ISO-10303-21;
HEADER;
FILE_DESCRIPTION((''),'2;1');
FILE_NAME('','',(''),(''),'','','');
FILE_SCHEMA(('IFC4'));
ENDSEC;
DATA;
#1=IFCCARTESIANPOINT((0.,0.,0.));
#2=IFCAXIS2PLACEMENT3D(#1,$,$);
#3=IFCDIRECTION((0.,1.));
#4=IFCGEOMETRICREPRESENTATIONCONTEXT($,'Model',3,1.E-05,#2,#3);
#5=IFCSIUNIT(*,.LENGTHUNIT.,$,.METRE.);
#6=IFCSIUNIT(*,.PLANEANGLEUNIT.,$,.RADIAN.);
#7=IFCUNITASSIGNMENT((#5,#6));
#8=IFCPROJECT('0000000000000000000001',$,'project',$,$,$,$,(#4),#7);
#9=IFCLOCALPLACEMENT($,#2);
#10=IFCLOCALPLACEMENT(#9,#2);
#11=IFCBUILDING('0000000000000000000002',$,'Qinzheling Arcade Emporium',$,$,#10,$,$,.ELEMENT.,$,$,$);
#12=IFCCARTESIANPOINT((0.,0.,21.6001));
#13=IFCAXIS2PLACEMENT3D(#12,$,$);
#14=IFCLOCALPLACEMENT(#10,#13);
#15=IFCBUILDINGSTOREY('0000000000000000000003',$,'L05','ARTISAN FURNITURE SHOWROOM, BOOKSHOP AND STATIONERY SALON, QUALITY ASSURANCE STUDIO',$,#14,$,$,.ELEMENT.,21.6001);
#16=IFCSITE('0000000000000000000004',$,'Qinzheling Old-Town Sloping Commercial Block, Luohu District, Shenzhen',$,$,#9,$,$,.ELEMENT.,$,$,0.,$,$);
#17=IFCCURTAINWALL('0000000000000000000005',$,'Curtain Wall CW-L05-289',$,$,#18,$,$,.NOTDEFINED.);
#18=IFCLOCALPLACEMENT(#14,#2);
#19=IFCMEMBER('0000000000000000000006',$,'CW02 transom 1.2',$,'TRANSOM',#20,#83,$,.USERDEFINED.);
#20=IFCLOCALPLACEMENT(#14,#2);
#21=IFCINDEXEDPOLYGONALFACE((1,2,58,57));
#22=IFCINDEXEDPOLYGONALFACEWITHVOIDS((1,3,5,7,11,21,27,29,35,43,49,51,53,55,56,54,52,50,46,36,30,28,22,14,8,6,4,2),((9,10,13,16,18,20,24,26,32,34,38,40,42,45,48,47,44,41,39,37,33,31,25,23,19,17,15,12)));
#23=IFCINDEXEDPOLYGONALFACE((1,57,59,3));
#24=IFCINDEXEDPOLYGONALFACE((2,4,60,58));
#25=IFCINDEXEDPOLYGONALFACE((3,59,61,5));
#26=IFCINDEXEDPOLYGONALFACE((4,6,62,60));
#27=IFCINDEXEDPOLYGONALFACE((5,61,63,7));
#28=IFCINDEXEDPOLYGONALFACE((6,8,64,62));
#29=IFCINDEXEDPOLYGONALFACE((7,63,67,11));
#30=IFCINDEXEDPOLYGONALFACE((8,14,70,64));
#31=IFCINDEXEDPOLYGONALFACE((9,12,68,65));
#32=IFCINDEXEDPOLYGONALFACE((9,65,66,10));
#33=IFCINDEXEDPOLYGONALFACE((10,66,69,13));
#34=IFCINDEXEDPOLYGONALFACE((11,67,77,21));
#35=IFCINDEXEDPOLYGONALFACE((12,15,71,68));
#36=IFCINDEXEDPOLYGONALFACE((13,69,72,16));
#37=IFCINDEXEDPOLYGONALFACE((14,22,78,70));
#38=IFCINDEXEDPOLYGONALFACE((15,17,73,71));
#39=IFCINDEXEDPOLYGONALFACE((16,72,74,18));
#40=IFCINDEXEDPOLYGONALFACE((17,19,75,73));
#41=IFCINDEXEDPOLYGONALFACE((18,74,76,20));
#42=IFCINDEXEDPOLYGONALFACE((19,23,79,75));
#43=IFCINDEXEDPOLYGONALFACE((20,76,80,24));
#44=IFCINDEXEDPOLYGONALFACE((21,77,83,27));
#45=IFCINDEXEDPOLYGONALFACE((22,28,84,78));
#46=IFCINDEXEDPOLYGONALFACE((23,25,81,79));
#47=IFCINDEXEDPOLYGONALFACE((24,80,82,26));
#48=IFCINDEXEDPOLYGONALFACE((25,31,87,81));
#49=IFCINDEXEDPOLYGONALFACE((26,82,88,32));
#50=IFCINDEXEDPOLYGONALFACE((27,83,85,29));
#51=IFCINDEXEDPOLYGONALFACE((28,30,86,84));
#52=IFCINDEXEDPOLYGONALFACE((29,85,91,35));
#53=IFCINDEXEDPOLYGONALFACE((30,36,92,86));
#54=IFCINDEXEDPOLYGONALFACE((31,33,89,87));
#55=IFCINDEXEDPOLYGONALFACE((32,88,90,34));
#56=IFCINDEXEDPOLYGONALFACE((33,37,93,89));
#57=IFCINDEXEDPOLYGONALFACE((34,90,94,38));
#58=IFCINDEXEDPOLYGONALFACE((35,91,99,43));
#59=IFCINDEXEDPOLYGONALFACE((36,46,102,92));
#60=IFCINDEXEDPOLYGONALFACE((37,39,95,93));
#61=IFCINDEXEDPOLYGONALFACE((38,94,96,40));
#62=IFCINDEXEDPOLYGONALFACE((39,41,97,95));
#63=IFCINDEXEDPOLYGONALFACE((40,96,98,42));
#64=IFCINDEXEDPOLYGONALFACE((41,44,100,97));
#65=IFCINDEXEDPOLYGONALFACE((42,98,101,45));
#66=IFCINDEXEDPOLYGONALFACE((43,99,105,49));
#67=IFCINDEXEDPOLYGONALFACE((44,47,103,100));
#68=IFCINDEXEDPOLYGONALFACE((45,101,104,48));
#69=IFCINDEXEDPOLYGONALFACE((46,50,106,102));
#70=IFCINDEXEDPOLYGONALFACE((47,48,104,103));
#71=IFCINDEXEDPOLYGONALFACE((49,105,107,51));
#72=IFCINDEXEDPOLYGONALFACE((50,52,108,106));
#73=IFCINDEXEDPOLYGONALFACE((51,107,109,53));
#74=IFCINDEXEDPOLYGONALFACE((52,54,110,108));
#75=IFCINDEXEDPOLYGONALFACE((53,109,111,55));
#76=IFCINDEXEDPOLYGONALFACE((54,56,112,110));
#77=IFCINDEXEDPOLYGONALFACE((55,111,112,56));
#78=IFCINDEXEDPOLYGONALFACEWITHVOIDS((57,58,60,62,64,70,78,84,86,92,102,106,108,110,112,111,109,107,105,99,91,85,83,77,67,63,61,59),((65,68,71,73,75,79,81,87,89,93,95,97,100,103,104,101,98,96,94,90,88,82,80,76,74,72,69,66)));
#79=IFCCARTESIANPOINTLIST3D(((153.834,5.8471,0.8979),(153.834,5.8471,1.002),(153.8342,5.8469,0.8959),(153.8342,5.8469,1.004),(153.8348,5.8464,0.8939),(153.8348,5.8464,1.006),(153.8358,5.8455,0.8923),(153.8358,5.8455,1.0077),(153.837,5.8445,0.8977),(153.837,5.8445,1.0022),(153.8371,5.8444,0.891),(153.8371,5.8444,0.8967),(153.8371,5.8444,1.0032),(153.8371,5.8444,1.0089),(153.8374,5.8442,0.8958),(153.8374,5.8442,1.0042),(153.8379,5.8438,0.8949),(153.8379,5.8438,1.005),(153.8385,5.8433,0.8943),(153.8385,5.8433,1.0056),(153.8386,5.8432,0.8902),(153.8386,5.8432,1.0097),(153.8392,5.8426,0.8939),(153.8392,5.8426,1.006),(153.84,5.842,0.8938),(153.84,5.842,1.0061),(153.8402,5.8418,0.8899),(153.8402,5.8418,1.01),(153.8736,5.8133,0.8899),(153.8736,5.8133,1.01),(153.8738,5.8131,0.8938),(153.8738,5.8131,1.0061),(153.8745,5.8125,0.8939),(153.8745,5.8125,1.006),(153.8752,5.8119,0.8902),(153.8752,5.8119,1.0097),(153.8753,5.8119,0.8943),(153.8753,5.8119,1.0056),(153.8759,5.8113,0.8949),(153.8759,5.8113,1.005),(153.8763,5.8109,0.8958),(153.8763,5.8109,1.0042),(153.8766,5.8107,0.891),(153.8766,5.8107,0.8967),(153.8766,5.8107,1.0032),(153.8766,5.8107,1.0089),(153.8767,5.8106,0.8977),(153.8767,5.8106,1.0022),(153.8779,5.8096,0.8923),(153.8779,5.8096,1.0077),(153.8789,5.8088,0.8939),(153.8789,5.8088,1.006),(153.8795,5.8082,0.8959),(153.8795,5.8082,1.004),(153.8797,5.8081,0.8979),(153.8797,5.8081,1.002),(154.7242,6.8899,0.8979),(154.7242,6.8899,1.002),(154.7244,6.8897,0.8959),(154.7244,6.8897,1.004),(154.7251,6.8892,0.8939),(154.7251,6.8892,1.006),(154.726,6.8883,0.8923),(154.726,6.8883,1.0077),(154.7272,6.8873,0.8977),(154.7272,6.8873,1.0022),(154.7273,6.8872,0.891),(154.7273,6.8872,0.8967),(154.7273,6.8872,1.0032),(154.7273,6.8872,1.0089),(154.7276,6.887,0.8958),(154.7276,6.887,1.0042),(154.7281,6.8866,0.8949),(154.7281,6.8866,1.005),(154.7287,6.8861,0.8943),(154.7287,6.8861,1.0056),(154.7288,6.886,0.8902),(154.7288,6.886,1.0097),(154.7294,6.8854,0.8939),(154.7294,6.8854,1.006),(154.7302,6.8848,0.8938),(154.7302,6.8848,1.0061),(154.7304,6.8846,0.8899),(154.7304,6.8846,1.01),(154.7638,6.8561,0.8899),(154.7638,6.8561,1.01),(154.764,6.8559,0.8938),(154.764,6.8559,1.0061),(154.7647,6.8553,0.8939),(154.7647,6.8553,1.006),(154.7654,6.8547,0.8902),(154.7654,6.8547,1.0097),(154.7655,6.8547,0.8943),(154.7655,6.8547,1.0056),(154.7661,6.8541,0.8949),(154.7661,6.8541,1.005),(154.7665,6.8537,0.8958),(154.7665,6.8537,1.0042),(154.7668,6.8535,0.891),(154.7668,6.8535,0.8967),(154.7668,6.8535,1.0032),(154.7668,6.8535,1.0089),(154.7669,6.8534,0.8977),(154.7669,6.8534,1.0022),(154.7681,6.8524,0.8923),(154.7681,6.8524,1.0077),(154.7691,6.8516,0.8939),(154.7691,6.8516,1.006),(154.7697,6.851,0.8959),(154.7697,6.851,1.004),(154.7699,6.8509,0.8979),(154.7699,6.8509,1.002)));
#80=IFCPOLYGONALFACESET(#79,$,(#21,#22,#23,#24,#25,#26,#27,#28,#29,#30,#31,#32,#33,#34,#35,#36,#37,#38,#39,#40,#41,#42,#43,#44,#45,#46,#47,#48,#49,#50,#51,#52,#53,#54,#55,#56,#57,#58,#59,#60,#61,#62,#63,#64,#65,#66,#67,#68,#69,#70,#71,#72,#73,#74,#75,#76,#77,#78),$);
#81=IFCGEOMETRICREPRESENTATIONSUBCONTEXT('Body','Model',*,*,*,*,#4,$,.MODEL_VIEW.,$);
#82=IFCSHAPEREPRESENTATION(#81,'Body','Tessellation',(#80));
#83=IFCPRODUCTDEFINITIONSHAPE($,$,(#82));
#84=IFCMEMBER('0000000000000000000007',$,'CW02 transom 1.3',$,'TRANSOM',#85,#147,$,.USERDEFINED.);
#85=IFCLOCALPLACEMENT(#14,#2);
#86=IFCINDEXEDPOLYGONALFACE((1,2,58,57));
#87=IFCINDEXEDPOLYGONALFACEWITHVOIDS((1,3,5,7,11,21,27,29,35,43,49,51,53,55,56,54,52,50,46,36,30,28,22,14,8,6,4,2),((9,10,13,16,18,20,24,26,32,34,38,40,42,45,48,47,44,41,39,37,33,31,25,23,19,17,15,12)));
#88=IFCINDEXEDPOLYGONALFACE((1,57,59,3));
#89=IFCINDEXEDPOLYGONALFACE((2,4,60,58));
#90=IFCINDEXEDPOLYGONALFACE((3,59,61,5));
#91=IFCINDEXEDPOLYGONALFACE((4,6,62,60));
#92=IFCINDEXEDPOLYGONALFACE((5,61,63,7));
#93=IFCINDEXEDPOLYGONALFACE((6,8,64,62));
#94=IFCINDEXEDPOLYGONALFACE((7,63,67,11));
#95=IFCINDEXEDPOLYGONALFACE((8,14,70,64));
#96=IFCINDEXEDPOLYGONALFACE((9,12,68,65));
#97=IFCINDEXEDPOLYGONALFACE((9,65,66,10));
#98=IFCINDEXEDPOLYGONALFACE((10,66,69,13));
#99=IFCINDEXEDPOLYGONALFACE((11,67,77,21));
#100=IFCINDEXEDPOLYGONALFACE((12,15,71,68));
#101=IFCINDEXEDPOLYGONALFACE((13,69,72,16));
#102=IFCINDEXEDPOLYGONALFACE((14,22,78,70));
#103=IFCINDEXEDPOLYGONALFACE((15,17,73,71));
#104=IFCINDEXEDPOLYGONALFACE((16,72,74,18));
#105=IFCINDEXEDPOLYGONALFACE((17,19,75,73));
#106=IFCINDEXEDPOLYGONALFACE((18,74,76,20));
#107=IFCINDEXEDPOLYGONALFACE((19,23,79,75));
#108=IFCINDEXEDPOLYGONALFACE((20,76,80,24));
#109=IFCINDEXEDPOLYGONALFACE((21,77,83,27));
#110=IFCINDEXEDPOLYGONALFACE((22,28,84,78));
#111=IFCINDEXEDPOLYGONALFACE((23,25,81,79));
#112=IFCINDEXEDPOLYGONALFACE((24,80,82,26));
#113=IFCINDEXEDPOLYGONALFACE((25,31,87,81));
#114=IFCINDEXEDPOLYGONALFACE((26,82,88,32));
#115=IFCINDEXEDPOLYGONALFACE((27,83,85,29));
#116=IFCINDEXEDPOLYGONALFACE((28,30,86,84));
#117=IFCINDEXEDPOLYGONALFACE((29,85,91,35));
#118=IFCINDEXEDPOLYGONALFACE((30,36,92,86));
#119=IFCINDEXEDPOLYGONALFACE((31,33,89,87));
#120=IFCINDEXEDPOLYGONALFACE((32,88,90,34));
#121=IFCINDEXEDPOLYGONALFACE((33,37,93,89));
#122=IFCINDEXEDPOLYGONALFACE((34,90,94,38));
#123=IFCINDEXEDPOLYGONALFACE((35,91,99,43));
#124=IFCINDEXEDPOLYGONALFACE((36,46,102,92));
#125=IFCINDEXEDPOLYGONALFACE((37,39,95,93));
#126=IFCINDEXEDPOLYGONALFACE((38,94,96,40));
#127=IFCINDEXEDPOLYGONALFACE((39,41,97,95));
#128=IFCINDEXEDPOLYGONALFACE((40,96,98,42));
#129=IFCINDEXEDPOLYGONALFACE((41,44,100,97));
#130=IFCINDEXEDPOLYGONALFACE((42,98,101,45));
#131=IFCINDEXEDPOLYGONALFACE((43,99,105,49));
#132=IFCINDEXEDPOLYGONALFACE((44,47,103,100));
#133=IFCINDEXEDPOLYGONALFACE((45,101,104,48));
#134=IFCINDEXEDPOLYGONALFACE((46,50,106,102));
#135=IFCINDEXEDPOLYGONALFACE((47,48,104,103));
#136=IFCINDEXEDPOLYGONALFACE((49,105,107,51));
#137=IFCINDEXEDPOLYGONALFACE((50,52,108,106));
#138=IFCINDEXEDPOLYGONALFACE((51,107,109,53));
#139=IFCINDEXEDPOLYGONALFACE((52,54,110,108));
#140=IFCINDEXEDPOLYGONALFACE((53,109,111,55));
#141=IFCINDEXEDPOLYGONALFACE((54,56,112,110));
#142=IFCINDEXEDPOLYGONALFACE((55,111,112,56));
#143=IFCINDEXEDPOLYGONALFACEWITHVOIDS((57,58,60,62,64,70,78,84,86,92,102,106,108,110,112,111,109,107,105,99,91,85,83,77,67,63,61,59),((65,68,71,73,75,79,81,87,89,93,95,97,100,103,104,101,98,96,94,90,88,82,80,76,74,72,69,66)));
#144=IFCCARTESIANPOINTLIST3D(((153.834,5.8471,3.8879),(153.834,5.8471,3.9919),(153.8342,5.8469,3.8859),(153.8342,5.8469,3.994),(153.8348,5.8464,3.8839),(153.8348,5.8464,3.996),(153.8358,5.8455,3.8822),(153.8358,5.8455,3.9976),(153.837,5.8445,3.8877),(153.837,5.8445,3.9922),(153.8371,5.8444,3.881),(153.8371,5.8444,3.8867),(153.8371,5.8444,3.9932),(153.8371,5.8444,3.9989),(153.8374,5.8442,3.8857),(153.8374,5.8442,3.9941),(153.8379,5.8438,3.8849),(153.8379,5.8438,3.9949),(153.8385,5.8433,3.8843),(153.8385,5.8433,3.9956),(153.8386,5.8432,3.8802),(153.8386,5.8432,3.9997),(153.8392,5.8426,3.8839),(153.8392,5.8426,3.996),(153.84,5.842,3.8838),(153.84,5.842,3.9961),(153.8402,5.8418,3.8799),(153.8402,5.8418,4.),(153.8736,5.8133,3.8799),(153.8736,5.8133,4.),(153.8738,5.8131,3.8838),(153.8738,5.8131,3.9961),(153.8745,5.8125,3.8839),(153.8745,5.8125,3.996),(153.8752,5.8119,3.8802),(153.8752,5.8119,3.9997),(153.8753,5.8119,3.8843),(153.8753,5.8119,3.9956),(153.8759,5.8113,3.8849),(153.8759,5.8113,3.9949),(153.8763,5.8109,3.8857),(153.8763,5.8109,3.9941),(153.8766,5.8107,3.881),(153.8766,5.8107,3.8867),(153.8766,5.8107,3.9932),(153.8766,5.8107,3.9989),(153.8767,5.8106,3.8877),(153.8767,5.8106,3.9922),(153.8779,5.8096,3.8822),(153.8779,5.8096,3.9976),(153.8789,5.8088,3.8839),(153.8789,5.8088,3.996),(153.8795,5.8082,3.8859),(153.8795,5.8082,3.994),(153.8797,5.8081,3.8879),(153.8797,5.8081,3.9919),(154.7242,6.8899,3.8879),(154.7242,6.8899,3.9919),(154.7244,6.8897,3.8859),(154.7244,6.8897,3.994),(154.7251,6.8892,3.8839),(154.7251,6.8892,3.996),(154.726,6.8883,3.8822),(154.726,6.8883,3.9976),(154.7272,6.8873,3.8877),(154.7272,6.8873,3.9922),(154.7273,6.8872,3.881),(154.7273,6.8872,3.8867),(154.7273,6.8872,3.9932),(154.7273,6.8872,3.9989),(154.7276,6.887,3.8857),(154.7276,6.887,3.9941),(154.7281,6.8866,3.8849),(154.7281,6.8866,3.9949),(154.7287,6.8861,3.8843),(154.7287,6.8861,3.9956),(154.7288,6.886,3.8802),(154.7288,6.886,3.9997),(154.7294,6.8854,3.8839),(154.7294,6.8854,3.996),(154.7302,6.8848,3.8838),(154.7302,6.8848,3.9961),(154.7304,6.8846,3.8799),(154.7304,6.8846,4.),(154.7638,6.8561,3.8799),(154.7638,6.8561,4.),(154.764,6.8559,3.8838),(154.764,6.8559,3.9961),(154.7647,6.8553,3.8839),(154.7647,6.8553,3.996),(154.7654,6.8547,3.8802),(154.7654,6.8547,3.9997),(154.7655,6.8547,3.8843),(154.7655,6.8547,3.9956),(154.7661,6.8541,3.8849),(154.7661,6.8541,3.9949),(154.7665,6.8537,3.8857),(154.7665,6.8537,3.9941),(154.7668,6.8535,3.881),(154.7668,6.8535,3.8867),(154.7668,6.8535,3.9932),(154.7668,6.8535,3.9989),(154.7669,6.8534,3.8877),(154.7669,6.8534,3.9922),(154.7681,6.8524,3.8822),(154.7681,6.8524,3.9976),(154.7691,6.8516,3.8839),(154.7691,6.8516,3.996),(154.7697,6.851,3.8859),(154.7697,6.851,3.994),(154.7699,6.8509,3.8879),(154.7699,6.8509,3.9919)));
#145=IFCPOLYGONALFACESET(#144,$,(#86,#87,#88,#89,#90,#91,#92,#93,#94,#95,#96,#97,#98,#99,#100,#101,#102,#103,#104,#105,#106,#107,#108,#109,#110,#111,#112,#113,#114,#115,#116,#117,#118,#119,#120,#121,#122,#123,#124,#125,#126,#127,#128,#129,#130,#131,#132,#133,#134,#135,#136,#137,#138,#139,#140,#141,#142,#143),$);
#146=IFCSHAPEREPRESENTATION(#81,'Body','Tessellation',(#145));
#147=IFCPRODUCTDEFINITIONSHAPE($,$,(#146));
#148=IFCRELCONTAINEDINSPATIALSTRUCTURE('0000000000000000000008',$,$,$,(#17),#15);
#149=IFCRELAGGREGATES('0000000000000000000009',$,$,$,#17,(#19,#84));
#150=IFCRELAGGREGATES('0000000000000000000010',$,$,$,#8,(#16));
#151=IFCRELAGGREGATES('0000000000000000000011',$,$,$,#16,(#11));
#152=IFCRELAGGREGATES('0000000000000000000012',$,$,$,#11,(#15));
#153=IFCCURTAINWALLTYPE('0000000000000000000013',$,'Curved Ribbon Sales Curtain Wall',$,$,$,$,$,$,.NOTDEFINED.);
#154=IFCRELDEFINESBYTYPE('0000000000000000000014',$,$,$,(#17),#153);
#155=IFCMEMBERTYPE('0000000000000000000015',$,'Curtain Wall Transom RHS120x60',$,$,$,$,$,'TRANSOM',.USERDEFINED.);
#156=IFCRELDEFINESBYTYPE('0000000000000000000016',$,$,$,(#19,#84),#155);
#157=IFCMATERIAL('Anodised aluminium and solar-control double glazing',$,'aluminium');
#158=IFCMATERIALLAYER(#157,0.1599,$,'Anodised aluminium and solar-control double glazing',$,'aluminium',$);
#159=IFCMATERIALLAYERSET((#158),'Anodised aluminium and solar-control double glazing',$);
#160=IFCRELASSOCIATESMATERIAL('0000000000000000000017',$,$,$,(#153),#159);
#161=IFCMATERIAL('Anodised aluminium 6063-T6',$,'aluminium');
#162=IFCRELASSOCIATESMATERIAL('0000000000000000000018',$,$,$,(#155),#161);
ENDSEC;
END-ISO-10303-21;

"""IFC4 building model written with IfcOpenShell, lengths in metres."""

from ifc_helpers import new_model, si_unit, direction, frame, origin, origin_2d, place, context, subcontext, project, spatial, hollow_rectangle, extrude, material, layer, layer_set, material_profile, profile_set, type_object, element, aggregate, save


model = new_model("IFC4")

# Units and contexts
model_context = context("Model", 3, precision=1e-05, world=origin(), true_north=direction((0.0, 1.0)))
body_context = subcontext(model_context, "Body", "Model", "MODEL_VIEW")
ifc_project = project(units=[si_unit("LENGTHUNIT", "METRE"), si_unit("PLANEANGLEUNIT", "RADIAN")], contexts=[model_context])

# Site, building, storey
site_placement = place(None, origin())
site = spatial("IfcSite", under=ifc_project, at=site_placement, Name="Qinzheling Old-Town Sloping Commercial Block, Luohu District, Shenzhen", CompositionType="ELEMENT", RefElevation=0.0)
building_placement = place(site_placement, origin())
building = spatial("IfcBuilding", under=site, at=building_placement, Name="Qinzheling Arcade Emporium", CompositionType="ELEMENT")
storey_placement = place(building_placement, frame((0.0, 0.0, 21.6001)))
storey = spatial("IfcBuildingStorey", under=building, at=storey_placement, Name="L05", Description="ARTISAN FURNITURE SHOWROOM, BOOKSHOP AND STATIONERY SALON, QUALITY ASSURANCE STUDIO", CompositionType="ELEMENT", Elevation=21.6001)

# Shared definitions
ifc_material_1 = material(Name="Anodised aluminium and solar-control double glazing", Category="aluminium")
ifc_layer_1 = layer(ifc_material_1, 0.1599, Name="Anodised aluminium and solar-control double glazing", Category="aluminium")
ifc_layer_set_1 = layer_set([ifc_layer_1], Name="Anodised aluminium and solar-control double glazing")
curtain_wall_type = type_object("IfcCurtainWallType", Name="Curved Ribbon Sales Curtain Wall", PredefinedType="NOTDEFINED", material=ifc_layer_set_1)
ifc_material_2 = material(Name="Anodised aluminium 6063-T6", Category="aluminium")

# Curtain wall
curtain_wall_1_placement = place(storey_placement, origin())
curtain_wall_1 = element("IfcCurtainWall", 1, at=curtain_wall_1_placement, inside=storey, type_object=curtain_wall_type, Name="Curtain Wall CW-L05-289", PredefinedType="NOTDEFINED")

# Members
ifc_material_profile_1 = material_profile(ifc_material_2, hollow_rectangle(XDim=0.0601, YDim=0.1201, WallThickness=0.0039, InnerFilletRadius=0.0039, OuterFilletRadius=0.0081, at=origin_2d()), Name="RHS 120x60x4", Category="aluminium")
ifc_profile_set_1 = profile_set([ifc_material_profile_1], Name="Anodised aluminium 6063-T6")
member_type_1 = type_object("IfcMemberType", Name="Curtain Wall Transom RHS120x60", ElementType="TRANSOM", PredefinedType="USERDEFINED", material=ifc_profile_set_1)
member_1_placement = place(storey_placement, frame((154.7471, 6.8704, 0.95), z_axis=(-0.649265, -0.760562, 0.0), x_axis=(0.760562, -0.649265, 0.0)))
member_1 = element("IfcMember", 2, at=member_1_placement, type_object=member_type_1, Name="CW02 transom 1.2", ObjectType="TRANSOM", PredefinedType="USERDEFINED", context=body_context, shape_type="SweptSolid", body=[
    extrude(hollow_rectangle(XDim=0.0601, YDim=0.1201, WallThickness=0.0039, InnerFilletRadius=0.0039, OuterFilletRadius=0.0081, at=origin_2d()), origin(), (0.0, 0.0, 1.0), 1.3711),
])
member_2_placement = place(storey_placement, frame((154.7471, 6.8704, 3.9399), z_axis=(-0.649265, -0.760562, 0.0), x_axis=(0.760562, -0.649265, 0.0)))
member_2 = element("IfcMember", 3, at=member_2_placement, type_object=member_type_1, Name="CW02 transom 1.3", ObjectType="TRANSOM", PredefinedType="USERDEFINED", context=body_context, shape_type="SweptSolid", body=[
    extrude(hollow_rectangle(XDim=0.0601, YDim=0.1201, WallThickness=0.0039, InnerFilletRadius=0.0039, OuterFilletRadius=0.0081, at=origin_2d()), origin(), (0.0, 0.0, 1.0), 1.3711),
])

aggregate(curtain_wall_1, [member_1, member_2])

save(model, "model.ifc")
